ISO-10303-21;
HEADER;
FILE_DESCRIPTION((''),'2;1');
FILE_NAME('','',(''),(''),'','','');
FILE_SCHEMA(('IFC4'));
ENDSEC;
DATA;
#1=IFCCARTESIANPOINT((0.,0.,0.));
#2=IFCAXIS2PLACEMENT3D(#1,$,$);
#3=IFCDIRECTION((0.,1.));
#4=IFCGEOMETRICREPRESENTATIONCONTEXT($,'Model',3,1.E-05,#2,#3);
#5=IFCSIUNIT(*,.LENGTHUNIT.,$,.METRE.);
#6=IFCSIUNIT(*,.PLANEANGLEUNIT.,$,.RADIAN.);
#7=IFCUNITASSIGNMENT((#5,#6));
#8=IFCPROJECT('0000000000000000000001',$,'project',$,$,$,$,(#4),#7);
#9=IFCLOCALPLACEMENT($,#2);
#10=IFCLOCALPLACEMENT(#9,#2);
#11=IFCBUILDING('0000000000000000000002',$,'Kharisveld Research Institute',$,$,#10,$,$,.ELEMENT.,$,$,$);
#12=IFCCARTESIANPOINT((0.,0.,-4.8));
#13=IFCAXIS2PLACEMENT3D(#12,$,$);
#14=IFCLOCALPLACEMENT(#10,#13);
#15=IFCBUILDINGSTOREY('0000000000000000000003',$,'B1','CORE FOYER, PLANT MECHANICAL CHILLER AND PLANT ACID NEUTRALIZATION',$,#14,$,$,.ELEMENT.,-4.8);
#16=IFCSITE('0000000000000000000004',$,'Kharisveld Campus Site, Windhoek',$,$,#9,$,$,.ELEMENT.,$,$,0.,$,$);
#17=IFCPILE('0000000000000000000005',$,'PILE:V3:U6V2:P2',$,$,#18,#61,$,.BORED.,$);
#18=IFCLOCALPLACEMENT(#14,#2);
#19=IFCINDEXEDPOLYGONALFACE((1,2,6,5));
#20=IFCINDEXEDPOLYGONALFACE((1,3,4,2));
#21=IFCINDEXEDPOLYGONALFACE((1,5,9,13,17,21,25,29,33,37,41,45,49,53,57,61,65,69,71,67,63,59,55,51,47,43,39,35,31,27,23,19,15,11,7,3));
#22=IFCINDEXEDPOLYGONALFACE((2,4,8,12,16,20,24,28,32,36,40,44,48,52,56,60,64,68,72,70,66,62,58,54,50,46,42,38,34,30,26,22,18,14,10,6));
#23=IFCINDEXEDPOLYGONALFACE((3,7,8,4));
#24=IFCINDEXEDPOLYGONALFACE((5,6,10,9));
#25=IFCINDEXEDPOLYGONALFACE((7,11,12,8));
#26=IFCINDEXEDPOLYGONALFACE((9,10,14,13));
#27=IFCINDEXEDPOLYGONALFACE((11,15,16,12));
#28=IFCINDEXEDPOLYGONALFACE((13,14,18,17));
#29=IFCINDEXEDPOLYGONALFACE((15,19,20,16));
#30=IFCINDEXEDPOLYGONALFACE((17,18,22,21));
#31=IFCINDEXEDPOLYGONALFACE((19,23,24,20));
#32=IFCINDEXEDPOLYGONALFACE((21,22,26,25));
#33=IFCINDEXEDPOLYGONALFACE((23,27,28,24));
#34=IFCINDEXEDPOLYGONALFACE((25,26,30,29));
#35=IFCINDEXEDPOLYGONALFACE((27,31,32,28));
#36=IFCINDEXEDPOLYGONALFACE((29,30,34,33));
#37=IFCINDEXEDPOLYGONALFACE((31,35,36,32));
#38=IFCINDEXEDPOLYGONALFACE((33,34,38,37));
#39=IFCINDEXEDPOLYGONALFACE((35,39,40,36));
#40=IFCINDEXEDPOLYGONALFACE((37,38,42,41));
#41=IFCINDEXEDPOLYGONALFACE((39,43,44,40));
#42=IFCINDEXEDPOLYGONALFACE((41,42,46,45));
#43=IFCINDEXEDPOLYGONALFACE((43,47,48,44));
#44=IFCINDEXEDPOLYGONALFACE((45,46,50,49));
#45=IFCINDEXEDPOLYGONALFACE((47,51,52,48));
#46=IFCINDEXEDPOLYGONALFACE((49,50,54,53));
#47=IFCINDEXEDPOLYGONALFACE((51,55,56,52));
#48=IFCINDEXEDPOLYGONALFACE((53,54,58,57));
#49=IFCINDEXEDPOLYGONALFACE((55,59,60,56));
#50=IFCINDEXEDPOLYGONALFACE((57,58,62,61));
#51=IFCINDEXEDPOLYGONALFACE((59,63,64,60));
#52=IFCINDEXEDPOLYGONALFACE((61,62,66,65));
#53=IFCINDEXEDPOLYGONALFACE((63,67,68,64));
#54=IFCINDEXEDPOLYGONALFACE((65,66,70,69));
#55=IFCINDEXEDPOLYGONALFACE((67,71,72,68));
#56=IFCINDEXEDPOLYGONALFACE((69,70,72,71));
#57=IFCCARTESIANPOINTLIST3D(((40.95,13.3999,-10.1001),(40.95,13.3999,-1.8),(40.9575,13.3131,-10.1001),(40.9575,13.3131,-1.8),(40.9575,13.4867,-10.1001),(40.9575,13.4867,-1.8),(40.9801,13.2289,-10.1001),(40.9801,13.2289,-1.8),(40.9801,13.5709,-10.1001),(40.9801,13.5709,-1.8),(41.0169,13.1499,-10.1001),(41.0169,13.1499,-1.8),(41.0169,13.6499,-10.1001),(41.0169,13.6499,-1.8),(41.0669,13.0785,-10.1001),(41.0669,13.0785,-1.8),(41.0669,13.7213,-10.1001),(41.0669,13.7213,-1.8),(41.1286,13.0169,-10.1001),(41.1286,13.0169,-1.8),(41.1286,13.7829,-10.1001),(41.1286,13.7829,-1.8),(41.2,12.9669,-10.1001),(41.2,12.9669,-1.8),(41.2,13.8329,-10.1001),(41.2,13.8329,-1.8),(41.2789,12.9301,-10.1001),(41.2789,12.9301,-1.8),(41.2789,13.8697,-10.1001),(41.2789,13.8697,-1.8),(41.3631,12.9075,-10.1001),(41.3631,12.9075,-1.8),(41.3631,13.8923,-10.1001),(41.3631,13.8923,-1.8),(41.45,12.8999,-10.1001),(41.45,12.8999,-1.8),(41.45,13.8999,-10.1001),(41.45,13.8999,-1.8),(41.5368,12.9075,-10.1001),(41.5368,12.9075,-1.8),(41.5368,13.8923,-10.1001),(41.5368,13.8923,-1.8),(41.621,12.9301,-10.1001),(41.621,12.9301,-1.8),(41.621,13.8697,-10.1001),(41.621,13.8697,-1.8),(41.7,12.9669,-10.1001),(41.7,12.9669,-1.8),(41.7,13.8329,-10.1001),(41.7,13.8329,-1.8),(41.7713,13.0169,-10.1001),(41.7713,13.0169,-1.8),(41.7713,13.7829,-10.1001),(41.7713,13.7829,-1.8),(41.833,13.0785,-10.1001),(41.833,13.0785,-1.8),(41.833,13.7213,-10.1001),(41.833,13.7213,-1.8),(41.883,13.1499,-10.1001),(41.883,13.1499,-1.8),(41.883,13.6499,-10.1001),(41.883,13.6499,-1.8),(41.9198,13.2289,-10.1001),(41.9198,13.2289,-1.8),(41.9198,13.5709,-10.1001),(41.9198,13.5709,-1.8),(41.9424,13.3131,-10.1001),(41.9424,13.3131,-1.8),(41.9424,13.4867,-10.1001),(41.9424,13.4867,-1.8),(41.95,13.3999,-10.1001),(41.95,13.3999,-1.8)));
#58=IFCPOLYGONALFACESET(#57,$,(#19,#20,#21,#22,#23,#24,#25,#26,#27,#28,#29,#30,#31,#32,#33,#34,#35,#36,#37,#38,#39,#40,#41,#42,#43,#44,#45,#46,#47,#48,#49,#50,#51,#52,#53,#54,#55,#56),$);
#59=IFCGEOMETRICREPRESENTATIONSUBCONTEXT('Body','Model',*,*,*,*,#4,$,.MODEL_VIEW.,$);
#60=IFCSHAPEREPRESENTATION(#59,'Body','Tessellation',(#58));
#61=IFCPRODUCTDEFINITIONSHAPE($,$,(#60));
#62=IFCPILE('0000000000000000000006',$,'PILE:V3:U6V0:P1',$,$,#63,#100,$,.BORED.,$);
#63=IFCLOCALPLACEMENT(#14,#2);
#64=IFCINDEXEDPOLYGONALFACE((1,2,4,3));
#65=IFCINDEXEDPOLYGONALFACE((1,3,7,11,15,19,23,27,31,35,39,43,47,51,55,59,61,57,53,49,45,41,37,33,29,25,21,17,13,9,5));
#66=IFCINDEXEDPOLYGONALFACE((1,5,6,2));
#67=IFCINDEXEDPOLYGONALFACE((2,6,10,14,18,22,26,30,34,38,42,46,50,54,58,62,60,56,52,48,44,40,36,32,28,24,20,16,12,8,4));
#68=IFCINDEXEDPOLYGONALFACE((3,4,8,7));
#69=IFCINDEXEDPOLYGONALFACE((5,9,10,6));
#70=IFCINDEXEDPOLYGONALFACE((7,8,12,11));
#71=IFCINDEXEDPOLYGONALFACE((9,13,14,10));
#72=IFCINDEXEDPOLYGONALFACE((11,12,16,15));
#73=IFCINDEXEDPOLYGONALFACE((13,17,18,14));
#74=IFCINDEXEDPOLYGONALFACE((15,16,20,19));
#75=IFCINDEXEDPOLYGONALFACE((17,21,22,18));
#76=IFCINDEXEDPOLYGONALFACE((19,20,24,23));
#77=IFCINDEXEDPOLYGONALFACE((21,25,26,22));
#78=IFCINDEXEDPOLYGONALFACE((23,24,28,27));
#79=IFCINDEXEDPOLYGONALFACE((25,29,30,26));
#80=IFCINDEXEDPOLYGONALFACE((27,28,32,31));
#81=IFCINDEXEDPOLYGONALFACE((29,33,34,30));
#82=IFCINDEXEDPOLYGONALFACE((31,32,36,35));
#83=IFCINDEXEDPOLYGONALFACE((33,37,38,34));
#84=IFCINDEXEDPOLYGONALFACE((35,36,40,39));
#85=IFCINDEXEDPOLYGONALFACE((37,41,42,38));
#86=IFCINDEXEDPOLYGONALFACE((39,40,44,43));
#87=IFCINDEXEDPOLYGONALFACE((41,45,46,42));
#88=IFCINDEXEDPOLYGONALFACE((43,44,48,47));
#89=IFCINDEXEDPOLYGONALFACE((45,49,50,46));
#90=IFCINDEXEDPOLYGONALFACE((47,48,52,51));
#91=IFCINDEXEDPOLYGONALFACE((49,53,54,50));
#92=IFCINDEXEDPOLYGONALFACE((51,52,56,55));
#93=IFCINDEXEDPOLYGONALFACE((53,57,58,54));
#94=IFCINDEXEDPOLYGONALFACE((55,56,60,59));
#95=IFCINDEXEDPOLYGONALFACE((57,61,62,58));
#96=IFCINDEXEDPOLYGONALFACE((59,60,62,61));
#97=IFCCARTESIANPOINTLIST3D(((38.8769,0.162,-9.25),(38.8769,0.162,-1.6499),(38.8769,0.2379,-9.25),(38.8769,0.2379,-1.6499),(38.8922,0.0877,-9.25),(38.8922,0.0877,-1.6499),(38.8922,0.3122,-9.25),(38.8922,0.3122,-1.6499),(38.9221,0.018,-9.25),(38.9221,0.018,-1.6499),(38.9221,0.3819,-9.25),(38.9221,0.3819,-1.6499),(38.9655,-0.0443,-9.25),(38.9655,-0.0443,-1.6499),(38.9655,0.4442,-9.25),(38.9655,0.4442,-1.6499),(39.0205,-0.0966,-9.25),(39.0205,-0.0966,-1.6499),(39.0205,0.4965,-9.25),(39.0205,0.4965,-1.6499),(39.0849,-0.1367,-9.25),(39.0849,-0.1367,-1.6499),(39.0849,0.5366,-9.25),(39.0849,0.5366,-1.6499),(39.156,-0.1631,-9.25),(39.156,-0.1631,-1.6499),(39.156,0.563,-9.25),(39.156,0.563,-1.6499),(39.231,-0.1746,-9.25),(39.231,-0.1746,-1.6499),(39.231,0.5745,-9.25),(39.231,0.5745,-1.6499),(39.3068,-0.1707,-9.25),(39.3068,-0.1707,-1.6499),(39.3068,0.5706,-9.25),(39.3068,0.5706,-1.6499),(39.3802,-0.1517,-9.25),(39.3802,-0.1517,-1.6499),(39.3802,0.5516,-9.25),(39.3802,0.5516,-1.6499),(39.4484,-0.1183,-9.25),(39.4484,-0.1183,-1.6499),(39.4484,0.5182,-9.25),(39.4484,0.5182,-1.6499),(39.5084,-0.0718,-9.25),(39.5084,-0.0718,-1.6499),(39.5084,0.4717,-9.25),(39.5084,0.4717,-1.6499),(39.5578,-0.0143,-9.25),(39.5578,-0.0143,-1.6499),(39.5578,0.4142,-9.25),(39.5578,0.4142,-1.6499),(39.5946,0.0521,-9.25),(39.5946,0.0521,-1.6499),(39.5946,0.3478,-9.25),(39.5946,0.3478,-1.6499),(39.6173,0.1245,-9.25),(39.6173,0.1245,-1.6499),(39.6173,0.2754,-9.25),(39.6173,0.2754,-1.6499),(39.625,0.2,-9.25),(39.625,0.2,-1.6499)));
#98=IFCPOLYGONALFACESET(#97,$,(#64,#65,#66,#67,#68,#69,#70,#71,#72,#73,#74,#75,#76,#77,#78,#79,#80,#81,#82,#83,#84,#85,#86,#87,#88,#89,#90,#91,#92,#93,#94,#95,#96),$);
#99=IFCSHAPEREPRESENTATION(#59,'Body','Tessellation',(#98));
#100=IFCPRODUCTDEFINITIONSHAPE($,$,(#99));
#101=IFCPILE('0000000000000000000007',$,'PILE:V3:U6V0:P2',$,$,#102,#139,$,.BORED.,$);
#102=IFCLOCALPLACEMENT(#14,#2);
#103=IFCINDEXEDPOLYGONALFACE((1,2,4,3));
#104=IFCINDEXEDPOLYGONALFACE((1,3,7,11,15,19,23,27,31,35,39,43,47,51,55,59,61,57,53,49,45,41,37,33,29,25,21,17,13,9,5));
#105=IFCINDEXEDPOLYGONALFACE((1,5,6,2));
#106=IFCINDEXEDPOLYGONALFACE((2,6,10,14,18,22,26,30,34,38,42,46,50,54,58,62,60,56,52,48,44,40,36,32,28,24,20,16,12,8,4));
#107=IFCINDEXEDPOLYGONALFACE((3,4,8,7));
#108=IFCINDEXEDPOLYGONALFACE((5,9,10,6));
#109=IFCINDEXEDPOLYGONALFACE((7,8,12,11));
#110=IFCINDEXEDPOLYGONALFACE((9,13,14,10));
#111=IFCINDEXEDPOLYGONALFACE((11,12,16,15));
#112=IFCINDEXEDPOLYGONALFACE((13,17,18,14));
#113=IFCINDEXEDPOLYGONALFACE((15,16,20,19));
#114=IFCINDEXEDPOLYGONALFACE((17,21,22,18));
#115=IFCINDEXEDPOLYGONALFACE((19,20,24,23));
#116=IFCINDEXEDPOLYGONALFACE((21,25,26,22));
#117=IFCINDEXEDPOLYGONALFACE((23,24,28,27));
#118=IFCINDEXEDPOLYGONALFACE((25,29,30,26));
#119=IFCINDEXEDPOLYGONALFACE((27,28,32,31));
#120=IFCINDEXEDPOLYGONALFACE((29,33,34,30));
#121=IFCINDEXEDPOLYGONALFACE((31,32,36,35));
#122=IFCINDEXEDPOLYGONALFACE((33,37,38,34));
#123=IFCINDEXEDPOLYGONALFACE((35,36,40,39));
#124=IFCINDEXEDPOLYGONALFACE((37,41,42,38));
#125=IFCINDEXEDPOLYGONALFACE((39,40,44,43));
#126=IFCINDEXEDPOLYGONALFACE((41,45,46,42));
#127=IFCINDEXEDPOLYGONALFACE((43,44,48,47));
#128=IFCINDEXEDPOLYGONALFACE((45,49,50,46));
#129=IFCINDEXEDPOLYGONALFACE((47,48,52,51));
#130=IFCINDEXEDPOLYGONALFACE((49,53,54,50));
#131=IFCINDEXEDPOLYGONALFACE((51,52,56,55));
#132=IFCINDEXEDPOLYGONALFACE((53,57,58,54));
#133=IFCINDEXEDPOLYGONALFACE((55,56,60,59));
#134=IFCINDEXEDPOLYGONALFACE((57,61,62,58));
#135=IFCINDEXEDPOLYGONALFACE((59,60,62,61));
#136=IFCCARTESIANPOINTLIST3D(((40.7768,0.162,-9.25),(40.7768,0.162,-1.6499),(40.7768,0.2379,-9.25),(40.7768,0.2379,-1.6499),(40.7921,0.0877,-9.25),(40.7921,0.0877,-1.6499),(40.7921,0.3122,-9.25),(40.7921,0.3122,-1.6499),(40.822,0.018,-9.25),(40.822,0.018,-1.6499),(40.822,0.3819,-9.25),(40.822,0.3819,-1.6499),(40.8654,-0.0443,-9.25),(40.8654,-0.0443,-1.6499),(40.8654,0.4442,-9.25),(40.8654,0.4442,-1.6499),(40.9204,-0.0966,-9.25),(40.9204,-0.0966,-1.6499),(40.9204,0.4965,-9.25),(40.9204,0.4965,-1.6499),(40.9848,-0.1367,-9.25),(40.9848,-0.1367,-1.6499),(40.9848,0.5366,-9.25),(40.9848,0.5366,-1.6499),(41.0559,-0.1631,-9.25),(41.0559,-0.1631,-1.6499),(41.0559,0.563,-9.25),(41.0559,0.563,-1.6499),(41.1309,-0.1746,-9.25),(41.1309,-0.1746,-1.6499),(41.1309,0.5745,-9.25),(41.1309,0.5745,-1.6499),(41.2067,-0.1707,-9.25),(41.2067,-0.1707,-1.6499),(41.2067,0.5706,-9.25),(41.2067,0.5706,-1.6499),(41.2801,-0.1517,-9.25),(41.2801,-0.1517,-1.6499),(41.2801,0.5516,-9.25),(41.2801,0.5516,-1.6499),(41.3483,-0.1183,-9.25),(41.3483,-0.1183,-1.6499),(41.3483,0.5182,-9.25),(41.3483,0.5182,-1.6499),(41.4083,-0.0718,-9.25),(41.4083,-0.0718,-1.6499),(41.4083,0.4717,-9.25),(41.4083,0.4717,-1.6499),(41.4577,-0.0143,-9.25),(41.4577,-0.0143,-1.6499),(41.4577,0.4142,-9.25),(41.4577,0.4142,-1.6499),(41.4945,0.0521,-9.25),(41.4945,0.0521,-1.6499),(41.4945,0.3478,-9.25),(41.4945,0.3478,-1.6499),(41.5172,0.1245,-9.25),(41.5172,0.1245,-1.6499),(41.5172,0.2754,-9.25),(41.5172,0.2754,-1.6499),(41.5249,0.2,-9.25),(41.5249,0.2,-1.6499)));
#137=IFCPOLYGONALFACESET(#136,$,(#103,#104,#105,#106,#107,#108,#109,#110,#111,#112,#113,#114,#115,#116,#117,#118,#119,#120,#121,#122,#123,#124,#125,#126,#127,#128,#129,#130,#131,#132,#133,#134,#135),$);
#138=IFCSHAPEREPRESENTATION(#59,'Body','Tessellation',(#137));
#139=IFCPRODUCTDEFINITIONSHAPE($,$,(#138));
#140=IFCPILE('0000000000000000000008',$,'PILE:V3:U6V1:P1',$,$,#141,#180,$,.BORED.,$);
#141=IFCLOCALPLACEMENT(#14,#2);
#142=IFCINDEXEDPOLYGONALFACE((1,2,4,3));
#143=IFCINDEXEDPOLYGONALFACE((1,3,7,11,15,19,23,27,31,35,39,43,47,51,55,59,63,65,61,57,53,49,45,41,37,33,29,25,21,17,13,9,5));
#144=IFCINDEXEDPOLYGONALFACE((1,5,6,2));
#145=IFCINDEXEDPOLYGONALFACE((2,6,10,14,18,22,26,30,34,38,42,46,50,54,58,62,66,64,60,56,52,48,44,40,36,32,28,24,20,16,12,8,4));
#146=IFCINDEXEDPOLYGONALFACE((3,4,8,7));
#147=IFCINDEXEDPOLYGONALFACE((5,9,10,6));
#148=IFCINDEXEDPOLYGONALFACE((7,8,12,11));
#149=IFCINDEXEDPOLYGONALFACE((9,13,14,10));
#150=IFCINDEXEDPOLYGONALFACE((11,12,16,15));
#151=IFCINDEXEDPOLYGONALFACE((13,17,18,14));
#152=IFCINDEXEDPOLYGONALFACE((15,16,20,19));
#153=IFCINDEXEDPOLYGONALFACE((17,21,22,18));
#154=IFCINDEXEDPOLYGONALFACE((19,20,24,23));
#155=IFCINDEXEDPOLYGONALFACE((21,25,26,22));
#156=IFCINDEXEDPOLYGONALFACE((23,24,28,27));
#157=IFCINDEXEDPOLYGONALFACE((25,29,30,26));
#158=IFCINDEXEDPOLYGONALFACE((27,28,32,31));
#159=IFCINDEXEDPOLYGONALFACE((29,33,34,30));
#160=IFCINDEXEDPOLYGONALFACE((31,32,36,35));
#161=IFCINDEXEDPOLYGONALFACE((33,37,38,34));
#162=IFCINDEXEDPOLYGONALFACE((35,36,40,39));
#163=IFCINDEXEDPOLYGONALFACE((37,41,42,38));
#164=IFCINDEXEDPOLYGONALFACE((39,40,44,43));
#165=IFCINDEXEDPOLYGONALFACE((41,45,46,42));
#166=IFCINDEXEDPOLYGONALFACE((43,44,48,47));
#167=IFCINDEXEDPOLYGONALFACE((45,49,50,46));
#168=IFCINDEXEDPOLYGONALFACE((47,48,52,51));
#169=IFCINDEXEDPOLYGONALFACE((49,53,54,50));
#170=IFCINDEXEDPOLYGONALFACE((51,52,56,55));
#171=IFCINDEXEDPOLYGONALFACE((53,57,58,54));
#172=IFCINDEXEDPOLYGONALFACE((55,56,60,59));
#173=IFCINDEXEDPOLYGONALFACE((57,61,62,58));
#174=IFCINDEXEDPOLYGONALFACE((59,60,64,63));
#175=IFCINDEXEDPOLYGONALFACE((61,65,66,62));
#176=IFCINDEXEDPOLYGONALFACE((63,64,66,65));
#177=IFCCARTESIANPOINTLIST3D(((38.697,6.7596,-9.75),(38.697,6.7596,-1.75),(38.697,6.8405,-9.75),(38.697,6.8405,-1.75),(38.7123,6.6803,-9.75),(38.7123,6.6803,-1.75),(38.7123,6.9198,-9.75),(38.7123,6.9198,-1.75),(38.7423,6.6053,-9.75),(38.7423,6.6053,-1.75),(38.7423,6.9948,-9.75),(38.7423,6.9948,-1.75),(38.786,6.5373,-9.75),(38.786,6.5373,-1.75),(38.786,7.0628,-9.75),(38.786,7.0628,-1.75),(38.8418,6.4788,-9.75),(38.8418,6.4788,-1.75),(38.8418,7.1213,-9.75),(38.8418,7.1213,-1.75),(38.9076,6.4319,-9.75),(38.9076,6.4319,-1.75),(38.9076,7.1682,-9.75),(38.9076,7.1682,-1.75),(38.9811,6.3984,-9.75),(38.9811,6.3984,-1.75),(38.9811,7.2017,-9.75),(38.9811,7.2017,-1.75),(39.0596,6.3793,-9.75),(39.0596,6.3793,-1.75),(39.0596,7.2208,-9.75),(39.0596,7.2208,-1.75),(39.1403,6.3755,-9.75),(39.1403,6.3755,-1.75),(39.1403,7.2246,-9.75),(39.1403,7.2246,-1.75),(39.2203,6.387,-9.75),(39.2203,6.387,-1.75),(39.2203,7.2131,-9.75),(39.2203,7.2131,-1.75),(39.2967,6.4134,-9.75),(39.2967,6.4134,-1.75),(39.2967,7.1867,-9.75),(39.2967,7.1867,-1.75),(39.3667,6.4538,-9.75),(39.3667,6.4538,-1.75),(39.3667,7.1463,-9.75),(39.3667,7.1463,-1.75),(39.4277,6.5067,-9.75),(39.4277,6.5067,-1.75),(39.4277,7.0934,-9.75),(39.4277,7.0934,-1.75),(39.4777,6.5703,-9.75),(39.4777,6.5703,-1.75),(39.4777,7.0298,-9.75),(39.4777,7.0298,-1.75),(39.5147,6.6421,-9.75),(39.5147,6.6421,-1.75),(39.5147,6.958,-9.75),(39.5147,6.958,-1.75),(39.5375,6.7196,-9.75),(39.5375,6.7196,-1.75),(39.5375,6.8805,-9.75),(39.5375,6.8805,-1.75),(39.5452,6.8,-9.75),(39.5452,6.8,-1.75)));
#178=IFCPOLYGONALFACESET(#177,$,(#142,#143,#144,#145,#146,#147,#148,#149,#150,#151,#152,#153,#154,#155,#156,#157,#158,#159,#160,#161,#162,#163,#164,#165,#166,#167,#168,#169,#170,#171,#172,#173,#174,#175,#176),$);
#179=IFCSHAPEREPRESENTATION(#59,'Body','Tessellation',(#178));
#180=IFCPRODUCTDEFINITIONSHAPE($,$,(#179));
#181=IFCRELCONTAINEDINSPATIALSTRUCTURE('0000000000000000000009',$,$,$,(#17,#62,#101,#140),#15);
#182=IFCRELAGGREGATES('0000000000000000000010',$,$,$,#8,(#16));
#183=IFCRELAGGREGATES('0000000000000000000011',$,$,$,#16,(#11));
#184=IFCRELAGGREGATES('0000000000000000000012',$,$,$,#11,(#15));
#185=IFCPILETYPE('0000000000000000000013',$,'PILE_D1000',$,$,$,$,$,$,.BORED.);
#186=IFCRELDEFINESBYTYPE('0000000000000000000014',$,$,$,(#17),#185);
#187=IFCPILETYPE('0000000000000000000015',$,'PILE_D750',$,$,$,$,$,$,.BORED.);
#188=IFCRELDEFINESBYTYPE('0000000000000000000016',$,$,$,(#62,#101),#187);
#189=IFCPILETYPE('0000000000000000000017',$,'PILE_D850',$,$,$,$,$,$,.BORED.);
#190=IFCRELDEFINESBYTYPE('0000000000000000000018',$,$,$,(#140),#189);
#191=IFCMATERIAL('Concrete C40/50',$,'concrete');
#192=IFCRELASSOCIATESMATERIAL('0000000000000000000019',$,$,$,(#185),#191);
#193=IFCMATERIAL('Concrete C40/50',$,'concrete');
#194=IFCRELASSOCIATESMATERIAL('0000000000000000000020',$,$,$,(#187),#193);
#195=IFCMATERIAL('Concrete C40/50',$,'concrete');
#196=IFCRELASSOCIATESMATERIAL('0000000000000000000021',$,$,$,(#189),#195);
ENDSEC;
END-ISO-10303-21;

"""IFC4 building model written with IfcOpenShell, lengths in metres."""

from ifc_helpers import new_model, si_unit, direction, frame, origin, origin_2d, place, context, subcontext, project, spatial, circle, extrude, material, material_profile, profile_set, type_object, element, save


model = new_model("IFC4")

# Units and contexts
model_context = context("Model", 3, precision=1e-05, world=origin(), true_north=direction((0.0, 1.0)))
body_context = subcontext(model_context, "Body", "Model", "MODEL_VIEW")
ifc_project = project(units=[si_unit("LENGTHUNIT", "METRE"), si_unit("PLANEANGLEUNIT", "RADIAN")], contexts=[model_context])

# Site, building, storey
site_placement = place(None, origin())
site = spatial("IfcSite", under=ifc_project, at=site_placement, Name="Kharisveld Campus Site, Windhoek", CompositionType="ELEMENT", RefElevation=0.0)
building_placement = place(site_placement, origin())
building = spatial("IfcBuilding", under=site, at=building_placement, Name="Kharisveld Research Institute", CompositionType="ELEMENT")
storey_placement = place(building_placement, frame((0.0, 0.0, -4.8)))
storey = spatial("IfcBuildingStorey", under=building, at=storey_placement, Name="B1", Description="CORE FOYER, PLANT MECHANICAL CHILLER AND PLANT ACID NEUTRALIZATION", CompositionType="ELEMENT", Elevation=-4.8)

# Piles
ifc_material_1 = material(Name="Concrete C40/50", Category="concrete")
ifc_material_profile_1 = material_profile(ifc_material_1, circle(Radius=0.5, at=origin_2d()))
ifc_profile_set_1 = profile_set([ifc_material_profile_1], Name="Concrete C40/50")
pile_type_1 = type_object("IfcPileType", Name="PILE_D1000", PredefinedType="BORED", material=ifc_profile_set_1)
for number, where, z_axis, x_axis, name in (
    (1, (41.45, 13.3999, -1.8), (0.0, 0.0, -1.0), (1.0, 0.0, 0.0), "PILE:V3:U6V2:P2"),
):
    element("IfcPile", number, at=place(storey_placement, frame(where, z_axis=z_axis, x_axis=x_axis)), inside=storey, type_object=pile_type_1, Name=name, PredefinedType="BORED", context=body_context, shape_type="SweptSolid", body=[
        extrude(circle(Radius=0.5, at=origin_2d()), origin(), (0.0, 0.0, 1.0), 8.3),
    ])
ifc_material_2 = material(Name="Concrete C40/50", Category="concrete")
ifc_material_profile_2 = material_profile(ifc_material_2, circle(Radius=0.375, at=origin_2d()))
ifc_profile_set_2 = profile_set([ifc_material_profile_2], Name="Concrete C40/50")
pile_type_2 = type_object("IfcPileType", Name="PILE_D750", PredefinedType="BORED", material=ifc_profile_set_2)
for number, where, z_axis, x_axis, name in (
    (2, (39.25, 0.2, -1.6499), (0.0, 0.0, -1.0), (1.0, 0.0, 0.0), "PILE:V3:U6V0:P1"),
    (3, (41.1499, 0.2, -1.6499), (0.0, 0.0, -1.0), (1.0, 0.0, 0.0), "PILE:V3:U6V0:P2"),
):
    element("IfcPile", number, at=place(storey_placement, frame(where, z_axis=z_axis, x_axis=x_axis)), inside=storey, type_object=pile_type_2, Name=name, PredefinedType="BORED", context=body_context, shape_type="SweptSolid", body=[
        extrude(circle(Radius=0.375, at=origin_2d()), origin(), (0.0, 0.0, 1.0), 7.6001),
    ])
ifc_material_3 = material(Name="Concrete C40/50", Category="concrete")
ifc_material_profile_3 = material_profile(ifc_material_3, circle(Radius=0.425, at=origin_2d()))
ifc_profile_set_3 = profile_set([ifc_material_profile_3], Name="Concrete C40/50")
pile_type_3 = type_object("IfcPileType", Name="PILE_D850", PredefinedType="BORED", material=ifc_profile_set_3)
for number, where, z_axis, x_axis, name in (
    (4, (39.1201, 6.8, -1.75), (0.0, 0.0, -1.0), (1.0, 0.0, 0.0), "PILE:V3:U6V1:P1"),
):
    element("IfcPile", number, at=place(storey_placement, frame(where, z_axis=z_axis, x_axis=x_axis)), inside=storey, type_object=pile_type_3, Name=name, PredefinedType="BORED", context=body_context, shape_type="SweptSolid", body=[
        extrude(circle(Radius=0.425, at=origin_2d()), origin(), (0.0, 0.0, 1.0), 8.0),
    ])

save(model, "model.ifc")
